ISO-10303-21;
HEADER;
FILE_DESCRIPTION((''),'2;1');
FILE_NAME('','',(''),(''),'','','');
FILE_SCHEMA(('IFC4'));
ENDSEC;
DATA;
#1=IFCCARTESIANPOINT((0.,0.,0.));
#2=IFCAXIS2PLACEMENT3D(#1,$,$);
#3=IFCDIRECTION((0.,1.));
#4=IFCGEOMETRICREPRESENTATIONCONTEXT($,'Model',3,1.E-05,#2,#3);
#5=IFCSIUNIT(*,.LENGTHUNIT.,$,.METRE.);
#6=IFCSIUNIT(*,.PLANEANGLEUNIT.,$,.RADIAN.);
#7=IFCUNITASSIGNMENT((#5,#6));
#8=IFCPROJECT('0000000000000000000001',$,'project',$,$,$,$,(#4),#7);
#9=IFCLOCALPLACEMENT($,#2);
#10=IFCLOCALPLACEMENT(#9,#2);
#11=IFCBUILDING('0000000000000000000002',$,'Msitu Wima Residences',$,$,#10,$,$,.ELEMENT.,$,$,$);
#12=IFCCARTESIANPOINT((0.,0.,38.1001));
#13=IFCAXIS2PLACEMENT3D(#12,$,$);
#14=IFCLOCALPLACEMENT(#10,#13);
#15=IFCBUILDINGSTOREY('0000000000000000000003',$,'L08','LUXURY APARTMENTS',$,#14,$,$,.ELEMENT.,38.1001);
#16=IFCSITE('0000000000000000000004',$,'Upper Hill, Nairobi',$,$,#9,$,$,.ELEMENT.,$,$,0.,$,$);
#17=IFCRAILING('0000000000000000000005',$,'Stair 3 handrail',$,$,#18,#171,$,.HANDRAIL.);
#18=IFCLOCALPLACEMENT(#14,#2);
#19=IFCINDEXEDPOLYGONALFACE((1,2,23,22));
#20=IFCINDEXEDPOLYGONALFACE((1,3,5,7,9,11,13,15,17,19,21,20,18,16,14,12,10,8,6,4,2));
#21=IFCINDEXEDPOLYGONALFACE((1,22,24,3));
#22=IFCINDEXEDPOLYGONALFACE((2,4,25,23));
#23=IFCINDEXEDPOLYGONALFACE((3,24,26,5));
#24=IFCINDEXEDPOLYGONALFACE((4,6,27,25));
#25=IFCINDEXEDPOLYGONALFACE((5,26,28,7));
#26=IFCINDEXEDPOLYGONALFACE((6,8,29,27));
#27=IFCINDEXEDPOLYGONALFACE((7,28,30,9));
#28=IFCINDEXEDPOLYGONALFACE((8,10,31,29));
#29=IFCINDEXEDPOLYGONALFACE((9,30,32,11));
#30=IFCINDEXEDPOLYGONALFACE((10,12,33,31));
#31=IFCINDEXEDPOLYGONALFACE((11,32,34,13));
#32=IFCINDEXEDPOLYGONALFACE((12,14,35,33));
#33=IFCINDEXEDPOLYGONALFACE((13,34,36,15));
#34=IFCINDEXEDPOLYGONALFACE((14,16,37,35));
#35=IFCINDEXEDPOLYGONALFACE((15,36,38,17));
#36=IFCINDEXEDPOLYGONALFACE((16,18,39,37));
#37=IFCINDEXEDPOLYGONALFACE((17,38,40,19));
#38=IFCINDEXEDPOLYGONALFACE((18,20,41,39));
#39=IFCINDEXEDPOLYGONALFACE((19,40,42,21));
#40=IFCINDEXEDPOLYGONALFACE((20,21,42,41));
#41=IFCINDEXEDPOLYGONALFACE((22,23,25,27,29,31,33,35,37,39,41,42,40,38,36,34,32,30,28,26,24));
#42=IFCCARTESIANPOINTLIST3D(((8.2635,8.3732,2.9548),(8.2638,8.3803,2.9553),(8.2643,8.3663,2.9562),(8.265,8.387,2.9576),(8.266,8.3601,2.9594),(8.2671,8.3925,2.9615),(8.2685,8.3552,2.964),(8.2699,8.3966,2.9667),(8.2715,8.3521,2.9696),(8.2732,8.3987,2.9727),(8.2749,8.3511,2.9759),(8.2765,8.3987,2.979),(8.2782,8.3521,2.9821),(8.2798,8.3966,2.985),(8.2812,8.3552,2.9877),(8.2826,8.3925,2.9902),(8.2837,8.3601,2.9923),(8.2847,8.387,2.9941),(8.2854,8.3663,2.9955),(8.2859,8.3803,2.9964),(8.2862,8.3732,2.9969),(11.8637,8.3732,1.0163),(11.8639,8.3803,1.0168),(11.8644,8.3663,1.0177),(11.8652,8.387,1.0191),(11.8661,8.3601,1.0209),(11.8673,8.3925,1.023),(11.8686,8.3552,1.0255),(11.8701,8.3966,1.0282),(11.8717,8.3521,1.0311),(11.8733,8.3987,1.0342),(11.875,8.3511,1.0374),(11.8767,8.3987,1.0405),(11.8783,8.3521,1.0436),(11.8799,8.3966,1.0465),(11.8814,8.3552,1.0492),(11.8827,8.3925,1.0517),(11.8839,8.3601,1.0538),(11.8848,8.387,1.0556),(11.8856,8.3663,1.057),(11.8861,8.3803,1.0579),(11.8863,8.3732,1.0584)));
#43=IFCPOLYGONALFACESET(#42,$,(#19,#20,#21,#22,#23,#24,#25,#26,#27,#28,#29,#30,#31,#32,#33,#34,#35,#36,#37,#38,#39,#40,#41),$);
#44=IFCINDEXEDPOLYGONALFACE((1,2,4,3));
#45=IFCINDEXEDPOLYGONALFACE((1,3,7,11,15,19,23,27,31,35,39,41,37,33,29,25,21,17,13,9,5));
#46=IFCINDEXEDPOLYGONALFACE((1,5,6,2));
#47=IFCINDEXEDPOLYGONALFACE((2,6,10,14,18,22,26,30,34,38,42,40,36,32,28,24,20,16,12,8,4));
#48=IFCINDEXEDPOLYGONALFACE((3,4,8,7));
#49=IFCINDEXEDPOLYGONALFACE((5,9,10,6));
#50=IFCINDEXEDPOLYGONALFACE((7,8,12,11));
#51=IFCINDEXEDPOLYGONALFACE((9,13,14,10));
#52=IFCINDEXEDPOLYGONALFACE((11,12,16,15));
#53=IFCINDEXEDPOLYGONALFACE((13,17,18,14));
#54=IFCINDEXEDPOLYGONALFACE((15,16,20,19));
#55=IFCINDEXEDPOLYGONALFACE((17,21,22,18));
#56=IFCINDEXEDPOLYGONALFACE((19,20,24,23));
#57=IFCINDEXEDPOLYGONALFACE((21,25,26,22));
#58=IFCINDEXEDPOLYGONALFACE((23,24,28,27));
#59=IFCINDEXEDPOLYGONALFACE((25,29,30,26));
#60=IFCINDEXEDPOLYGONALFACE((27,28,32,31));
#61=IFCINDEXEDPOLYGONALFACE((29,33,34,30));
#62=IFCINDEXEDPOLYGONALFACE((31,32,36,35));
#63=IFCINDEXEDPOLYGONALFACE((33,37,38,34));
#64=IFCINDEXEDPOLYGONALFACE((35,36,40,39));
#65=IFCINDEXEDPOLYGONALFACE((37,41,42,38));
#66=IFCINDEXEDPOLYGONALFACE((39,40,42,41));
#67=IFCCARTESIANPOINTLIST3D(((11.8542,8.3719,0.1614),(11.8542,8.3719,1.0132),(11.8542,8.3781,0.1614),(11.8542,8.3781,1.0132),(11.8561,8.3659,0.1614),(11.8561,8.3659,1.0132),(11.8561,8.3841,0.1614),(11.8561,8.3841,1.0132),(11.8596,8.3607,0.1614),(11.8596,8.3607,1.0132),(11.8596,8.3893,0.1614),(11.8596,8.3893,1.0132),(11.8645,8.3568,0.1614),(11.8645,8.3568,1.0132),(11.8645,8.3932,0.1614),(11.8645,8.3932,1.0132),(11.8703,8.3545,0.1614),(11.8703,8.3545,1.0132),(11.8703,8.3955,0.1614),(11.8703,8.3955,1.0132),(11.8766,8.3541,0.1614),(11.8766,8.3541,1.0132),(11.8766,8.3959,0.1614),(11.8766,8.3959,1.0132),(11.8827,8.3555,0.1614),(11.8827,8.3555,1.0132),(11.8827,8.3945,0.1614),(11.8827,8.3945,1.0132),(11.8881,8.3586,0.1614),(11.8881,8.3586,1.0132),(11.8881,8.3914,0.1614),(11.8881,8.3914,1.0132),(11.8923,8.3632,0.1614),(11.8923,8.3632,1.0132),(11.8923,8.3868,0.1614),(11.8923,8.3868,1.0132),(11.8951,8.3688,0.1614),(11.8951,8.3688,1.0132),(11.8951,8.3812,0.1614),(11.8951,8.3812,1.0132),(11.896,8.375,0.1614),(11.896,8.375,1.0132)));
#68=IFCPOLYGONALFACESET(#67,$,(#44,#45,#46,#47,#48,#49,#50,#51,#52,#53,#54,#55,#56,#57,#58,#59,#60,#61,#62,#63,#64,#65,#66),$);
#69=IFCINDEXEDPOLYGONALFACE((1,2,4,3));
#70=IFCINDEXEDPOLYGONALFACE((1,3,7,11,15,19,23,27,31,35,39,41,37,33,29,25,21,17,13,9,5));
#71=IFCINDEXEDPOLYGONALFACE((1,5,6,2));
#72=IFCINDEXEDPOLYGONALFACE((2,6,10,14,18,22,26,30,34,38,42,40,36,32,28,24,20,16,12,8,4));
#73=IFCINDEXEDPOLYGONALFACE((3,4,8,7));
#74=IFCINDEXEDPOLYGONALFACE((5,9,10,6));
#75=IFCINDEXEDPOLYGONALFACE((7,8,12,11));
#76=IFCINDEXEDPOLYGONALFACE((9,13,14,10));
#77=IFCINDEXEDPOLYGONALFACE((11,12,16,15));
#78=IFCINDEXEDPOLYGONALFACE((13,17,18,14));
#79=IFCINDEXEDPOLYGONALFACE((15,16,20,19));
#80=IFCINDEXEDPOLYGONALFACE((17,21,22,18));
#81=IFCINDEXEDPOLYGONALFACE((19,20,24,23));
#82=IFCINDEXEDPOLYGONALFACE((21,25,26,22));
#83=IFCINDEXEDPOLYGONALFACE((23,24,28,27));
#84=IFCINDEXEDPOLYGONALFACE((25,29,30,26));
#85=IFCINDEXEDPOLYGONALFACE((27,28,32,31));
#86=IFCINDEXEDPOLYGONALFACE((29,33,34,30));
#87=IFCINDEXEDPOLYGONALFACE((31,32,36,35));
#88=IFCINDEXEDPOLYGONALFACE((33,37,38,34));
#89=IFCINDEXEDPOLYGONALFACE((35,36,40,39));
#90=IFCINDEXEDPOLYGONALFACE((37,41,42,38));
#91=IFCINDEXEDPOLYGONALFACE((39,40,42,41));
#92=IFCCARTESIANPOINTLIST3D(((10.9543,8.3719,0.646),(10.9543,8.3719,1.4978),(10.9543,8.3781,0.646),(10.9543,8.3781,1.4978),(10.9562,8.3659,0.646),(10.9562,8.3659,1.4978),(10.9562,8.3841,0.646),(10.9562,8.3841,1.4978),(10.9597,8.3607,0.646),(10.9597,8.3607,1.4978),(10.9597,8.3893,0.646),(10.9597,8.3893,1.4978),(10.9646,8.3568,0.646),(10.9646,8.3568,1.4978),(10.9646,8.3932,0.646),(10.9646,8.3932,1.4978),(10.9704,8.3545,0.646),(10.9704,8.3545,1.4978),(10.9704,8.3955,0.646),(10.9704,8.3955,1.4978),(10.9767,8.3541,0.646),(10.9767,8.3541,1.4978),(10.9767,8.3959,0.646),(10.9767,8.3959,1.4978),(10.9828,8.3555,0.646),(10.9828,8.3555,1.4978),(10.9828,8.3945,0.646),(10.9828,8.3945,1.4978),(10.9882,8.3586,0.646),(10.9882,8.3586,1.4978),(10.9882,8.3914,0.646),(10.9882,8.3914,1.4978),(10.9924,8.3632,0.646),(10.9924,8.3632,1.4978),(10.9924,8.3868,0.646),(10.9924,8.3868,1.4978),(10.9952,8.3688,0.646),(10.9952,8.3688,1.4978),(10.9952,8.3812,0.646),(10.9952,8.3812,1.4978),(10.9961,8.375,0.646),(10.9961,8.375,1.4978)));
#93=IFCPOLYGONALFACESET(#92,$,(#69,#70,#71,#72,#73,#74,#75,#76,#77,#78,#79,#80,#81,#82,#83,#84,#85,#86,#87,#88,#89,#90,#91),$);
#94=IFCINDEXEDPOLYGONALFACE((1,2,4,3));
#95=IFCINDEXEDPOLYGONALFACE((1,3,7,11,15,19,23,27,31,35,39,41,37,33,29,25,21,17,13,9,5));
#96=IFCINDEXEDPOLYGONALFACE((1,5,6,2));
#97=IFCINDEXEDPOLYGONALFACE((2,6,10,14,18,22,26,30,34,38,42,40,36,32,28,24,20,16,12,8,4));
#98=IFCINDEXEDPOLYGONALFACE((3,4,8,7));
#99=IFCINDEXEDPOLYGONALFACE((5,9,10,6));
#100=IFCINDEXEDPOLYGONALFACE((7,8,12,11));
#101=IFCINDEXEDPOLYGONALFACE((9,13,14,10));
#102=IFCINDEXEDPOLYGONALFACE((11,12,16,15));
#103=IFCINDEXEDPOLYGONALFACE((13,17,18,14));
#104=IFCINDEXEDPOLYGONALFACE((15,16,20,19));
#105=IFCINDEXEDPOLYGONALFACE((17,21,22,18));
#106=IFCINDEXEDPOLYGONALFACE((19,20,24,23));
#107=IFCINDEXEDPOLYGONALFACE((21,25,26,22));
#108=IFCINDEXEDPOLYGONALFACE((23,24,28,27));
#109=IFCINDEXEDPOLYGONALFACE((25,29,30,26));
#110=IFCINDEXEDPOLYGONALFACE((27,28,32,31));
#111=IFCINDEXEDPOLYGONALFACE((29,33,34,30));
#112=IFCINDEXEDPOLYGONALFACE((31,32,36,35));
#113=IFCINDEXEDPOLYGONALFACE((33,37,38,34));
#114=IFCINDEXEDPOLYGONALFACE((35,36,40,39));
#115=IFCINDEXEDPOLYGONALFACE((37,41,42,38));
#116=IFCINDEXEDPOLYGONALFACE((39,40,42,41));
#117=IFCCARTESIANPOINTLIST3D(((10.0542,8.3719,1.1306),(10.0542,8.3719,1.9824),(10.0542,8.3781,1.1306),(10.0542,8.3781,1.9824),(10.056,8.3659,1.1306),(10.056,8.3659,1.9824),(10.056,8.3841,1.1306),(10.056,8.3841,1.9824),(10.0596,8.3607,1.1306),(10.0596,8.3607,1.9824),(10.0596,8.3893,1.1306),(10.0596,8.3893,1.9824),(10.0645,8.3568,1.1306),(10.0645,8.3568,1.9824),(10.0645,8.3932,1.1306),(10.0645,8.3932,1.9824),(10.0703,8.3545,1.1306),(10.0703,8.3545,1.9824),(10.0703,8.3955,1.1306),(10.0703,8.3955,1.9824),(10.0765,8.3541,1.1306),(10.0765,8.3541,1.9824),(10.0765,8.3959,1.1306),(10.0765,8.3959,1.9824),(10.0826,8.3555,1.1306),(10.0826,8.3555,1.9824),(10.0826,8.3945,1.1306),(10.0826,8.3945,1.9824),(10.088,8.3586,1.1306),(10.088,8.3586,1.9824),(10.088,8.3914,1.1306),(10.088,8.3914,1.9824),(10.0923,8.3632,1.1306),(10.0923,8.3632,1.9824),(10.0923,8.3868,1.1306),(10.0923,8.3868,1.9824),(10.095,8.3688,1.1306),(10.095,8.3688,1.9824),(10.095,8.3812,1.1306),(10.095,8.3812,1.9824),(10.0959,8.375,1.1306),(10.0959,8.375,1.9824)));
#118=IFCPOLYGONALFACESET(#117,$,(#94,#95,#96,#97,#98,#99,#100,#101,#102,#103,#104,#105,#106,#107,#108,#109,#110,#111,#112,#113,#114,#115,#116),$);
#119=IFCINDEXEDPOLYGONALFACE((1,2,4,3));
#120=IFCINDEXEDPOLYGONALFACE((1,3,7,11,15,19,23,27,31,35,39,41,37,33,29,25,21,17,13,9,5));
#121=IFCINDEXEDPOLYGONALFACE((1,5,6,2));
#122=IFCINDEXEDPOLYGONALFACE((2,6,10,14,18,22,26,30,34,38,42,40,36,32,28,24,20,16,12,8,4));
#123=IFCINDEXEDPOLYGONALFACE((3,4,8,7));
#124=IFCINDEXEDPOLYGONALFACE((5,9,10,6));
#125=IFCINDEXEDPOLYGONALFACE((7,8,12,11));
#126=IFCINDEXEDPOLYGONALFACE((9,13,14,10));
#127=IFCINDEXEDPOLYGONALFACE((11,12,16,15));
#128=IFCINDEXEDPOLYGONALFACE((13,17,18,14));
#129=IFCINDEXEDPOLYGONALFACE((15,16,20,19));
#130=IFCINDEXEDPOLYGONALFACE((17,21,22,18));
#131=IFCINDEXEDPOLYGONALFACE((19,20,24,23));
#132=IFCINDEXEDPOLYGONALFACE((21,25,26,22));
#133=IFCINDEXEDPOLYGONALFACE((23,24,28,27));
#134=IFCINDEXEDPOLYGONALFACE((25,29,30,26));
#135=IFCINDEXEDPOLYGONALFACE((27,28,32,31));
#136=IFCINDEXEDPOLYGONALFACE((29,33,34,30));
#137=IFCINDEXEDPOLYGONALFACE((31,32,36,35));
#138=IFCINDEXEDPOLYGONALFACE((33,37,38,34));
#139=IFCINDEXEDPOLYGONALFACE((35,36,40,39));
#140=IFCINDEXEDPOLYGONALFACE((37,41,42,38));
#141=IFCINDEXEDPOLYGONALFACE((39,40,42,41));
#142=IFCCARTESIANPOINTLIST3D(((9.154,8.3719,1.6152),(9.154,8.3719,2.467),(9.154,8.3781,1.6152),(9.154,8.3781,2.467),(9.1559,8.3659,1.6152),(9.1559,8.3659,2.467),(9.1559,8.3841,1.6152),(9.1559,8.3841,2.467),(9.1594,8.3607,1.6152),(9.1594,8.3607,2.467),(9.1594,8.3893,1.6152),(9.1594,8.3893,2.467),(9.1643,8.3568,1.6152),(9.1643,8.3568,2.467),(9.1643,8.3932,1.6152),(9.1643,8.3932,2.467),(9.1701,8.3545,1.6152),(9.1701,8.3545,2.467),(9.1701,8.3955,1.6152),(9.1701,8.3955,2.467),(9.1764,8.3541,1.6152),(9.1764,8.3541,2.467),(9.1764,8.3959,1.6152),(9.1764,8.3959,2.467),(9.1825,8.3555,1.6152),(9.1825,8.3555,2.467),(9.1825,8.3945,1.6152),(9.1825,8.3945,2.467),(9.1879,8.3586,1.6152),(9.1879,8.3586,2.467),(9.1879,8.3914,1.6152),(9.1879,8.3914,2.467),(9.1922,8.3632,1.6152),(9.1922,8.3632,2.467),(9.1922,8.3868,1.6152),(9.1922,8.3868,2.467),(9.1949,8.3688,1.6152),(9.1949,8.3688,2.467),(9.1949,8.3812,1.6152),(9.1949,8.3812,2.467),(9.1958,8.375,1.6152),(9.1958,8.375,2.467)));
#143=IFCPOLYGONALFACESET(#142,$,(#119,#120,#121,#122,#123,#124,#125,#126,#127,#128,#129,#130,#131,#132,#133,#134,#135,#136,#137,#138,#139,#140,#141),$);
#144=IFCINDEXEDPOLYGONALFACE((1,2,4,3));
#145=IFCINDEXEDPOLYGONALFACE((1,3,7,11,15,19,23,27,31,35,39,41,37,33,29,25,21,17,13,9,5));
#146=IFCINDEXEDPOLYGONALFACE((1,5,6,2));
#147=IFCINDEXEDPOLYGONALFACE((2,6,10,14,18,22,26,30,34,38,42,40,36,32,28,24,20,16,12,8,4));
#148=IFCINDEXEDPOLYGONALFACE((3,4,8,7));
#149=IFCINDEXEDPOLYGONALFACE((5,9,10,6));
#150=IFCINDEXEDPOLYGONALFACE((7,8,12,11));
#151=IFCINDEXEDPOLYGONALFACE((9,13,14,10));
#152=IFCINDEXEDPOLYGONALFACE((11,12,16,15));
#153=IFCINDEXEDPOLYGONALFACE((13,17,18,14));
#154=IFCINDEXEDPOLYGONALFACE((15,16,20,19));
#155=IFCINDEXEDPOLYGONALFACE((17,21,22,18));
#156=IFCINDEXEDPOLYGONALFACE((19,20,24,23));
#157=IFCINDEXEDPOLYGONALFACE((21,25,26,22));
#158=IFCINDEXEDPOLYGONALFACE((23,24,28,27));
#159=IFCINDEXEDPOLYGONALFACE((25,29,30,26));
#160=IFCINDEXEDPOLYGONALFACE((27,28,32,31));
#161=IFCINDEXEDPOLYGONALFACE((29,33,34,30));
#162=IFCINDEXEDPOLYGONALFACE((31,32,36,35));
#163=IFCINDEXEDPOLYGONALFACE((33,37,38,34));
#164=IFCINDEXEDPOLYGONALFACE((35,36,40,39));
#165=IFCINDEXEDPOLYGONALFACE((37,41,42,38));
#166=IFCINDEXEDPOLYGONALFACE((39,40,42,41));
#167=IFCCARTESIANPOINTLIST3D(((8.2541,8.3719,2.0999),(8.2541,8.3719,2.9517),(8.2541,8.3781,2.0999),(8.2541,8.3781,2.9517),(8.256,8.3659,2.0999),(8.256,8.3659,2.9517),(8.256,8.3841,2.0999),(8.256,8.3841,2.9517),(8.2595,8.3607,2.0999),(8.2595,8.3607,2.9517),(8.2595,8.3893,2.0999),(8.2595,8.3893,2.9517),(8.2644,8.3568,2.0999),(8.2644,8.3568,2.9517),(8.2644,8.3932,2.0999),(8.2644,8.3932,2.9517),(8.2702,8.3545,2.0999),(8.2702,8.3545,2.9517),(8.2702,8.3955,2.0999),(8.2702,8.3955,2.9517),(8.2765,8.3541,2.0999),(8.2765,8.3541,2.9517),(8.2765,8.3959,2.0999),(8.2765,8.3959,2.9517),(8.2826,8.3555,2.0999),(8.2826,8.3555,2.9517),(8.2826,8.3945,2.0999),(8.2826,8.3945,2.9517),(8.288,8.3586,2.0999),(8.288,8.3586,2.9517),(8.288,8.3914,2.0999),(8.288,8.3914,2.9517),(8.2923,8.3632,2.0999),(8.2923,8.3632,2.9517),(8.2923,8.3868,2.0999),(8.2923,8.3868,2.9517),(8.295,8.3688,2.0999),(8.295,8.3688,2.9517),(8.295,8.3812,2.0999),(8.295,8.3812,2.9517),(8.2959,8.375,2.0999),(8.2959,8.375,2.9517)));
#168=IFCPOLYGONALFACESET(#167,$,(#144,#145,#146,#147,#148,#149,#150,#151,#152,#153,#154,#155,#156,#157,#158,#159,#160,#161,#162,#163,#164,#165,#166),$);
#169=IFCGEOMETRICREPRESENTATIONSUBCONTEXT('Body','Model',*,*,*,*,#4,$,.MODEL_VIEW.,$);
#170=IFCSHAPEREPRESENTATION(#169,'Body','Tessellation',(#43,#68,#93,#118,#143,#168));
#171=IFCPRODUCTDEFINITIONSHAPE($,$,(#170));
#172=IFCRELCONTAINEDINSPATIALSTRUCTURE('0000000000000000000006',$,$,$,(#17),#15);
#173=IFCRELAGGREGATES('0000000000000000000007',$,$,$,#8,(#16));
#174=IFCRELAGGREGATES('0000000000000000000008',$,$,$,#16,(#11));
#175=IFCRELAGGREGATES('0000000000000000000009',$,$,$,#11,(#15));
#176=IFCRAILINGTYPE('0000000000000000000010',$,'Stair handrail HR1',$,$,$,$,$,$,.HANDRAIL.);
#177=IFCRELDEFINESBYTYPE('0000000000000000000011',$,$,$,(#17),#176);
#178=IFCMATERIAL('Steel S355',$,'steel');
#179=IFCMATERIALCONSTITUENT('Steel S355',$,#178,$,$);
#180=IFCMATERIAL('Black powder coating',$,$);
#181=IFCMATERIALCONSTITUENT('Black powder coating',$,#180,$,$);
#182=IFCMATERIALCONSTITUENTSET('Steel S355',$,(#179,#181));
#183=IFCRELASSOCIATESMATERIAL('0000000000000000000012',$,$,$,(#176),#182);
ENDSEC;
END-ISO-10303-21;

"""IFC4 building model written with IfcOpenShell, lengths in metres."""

from ifc_helpers import new_model, si_unit, direction, frame, origin, origin_2d, place, context, subcontext, project, spatial, circle, extrude, material, constituent, constituent_set, type_object, element, save


model = new_model("IFC4")

# Units and contexts
model_context = context("Model", 3, precision=1e-05, world=origin(), true_north=direction((0.0, 1.0)))
body_context = subcontext(model_context, "Body", "Model", "MODEL_VIEW")
ifc_project = project(units=[si_unit("LENGTHUNIT", "METRE"), si_unit("PLANEANGLEUNIT", "RADIAN")], contexts=[model_context])

# Site, building, storey
site_placement = place(None, origin())
site = spatial("IfcSite", under=ifc_project, at=site_placement, Name="Upper Hill, Nairobi", CompositionType="ELEMENT", RefElevation=0.0)
building_placement = place(site_placement, origin())
building = spatial("IfcBuilding", under=site, at=building_placement, Name="Msitu Wima Residences", CompositionType="ELEMENT")
storey_placement = place(building_placement, frame((0.0, 0.0, 38.1001)))
storey = spatial("IfcBuildingStorey", under=building, at=storey_placement, Name="L08", Description="LUXURY APARTMENTS", CompositionType="ELEMENT", Elevation=38.1001)

# Railing
ifc_material_1 = material(Name="Steel S355", Category="steel")
ifc_constituent_1 = constituent(ifc_material_1, Name="Steel S355")
ifc_material_2 = material(Name="Black powder coating")
ifc_constituent_2 = constituent(ifc_material_2, Name="Black powder coating")
ifc_constituent_set_1 = constituent_set(constituents=[ifc_constituent_1, ifc_constituent_2], Name="Steel S355")
railing_type_1 = type_object("IfcRailingType", Name="Stair handrail HR1", PredefinedType="HANDRAIL", material=ifc_constituent_set_1)
for number, where, name in (
    (1, (11.875, 8.375, 0.1614), "Stair 3 handrail"),
):
    element("IfcRailing", number, at=place(storey_placement, frame(where)), inside=storey, type_object=railing_type_1, Name=name, PredefinedType="HANDRAIL", context=body_context, shape_type="SweptSolid", body=[
        extrude(circle(Radius=0.0239, at=origin_2d()), frame((0.0, 0.0, 0.876), z_axis=(-0.880475, 0.0, 0.474093), x_axis=(0.0, -1.0, 0.0)), (0.0, 0.0, 1.0), 4.0889),
        extrude(circle(Radius=0.021, at=origin_2d()), origin(), (0.0, 0.0, 1.0), 0.8518),
        extrude(circle(Radius=0.021, at=origin_2d()), frame((-0.8999, 0.0, 0.4846)), (0.0, 0.0, 1.0), 0.8518),
        extrude(circle(Radius=0.021, at=origin_2d()), frame((-1.8, 0.0, 0.9692)), (0.0, 0.0, 1.0), 0.8518),
        extrude(circle(Radius=0.021, at=origin_2d()), frame((-2.7002, 0.0, 1.4539)), (0.0, 0.0, 1.0), 0.8518),
        extrude(circle(Radius=0.021, at=origin_2d()), frame((-3.6001, 0.0, 1.9385)), (0.0, 0.0, 1.0), 0.8518),
    ])

save(model, "model.ifc")
